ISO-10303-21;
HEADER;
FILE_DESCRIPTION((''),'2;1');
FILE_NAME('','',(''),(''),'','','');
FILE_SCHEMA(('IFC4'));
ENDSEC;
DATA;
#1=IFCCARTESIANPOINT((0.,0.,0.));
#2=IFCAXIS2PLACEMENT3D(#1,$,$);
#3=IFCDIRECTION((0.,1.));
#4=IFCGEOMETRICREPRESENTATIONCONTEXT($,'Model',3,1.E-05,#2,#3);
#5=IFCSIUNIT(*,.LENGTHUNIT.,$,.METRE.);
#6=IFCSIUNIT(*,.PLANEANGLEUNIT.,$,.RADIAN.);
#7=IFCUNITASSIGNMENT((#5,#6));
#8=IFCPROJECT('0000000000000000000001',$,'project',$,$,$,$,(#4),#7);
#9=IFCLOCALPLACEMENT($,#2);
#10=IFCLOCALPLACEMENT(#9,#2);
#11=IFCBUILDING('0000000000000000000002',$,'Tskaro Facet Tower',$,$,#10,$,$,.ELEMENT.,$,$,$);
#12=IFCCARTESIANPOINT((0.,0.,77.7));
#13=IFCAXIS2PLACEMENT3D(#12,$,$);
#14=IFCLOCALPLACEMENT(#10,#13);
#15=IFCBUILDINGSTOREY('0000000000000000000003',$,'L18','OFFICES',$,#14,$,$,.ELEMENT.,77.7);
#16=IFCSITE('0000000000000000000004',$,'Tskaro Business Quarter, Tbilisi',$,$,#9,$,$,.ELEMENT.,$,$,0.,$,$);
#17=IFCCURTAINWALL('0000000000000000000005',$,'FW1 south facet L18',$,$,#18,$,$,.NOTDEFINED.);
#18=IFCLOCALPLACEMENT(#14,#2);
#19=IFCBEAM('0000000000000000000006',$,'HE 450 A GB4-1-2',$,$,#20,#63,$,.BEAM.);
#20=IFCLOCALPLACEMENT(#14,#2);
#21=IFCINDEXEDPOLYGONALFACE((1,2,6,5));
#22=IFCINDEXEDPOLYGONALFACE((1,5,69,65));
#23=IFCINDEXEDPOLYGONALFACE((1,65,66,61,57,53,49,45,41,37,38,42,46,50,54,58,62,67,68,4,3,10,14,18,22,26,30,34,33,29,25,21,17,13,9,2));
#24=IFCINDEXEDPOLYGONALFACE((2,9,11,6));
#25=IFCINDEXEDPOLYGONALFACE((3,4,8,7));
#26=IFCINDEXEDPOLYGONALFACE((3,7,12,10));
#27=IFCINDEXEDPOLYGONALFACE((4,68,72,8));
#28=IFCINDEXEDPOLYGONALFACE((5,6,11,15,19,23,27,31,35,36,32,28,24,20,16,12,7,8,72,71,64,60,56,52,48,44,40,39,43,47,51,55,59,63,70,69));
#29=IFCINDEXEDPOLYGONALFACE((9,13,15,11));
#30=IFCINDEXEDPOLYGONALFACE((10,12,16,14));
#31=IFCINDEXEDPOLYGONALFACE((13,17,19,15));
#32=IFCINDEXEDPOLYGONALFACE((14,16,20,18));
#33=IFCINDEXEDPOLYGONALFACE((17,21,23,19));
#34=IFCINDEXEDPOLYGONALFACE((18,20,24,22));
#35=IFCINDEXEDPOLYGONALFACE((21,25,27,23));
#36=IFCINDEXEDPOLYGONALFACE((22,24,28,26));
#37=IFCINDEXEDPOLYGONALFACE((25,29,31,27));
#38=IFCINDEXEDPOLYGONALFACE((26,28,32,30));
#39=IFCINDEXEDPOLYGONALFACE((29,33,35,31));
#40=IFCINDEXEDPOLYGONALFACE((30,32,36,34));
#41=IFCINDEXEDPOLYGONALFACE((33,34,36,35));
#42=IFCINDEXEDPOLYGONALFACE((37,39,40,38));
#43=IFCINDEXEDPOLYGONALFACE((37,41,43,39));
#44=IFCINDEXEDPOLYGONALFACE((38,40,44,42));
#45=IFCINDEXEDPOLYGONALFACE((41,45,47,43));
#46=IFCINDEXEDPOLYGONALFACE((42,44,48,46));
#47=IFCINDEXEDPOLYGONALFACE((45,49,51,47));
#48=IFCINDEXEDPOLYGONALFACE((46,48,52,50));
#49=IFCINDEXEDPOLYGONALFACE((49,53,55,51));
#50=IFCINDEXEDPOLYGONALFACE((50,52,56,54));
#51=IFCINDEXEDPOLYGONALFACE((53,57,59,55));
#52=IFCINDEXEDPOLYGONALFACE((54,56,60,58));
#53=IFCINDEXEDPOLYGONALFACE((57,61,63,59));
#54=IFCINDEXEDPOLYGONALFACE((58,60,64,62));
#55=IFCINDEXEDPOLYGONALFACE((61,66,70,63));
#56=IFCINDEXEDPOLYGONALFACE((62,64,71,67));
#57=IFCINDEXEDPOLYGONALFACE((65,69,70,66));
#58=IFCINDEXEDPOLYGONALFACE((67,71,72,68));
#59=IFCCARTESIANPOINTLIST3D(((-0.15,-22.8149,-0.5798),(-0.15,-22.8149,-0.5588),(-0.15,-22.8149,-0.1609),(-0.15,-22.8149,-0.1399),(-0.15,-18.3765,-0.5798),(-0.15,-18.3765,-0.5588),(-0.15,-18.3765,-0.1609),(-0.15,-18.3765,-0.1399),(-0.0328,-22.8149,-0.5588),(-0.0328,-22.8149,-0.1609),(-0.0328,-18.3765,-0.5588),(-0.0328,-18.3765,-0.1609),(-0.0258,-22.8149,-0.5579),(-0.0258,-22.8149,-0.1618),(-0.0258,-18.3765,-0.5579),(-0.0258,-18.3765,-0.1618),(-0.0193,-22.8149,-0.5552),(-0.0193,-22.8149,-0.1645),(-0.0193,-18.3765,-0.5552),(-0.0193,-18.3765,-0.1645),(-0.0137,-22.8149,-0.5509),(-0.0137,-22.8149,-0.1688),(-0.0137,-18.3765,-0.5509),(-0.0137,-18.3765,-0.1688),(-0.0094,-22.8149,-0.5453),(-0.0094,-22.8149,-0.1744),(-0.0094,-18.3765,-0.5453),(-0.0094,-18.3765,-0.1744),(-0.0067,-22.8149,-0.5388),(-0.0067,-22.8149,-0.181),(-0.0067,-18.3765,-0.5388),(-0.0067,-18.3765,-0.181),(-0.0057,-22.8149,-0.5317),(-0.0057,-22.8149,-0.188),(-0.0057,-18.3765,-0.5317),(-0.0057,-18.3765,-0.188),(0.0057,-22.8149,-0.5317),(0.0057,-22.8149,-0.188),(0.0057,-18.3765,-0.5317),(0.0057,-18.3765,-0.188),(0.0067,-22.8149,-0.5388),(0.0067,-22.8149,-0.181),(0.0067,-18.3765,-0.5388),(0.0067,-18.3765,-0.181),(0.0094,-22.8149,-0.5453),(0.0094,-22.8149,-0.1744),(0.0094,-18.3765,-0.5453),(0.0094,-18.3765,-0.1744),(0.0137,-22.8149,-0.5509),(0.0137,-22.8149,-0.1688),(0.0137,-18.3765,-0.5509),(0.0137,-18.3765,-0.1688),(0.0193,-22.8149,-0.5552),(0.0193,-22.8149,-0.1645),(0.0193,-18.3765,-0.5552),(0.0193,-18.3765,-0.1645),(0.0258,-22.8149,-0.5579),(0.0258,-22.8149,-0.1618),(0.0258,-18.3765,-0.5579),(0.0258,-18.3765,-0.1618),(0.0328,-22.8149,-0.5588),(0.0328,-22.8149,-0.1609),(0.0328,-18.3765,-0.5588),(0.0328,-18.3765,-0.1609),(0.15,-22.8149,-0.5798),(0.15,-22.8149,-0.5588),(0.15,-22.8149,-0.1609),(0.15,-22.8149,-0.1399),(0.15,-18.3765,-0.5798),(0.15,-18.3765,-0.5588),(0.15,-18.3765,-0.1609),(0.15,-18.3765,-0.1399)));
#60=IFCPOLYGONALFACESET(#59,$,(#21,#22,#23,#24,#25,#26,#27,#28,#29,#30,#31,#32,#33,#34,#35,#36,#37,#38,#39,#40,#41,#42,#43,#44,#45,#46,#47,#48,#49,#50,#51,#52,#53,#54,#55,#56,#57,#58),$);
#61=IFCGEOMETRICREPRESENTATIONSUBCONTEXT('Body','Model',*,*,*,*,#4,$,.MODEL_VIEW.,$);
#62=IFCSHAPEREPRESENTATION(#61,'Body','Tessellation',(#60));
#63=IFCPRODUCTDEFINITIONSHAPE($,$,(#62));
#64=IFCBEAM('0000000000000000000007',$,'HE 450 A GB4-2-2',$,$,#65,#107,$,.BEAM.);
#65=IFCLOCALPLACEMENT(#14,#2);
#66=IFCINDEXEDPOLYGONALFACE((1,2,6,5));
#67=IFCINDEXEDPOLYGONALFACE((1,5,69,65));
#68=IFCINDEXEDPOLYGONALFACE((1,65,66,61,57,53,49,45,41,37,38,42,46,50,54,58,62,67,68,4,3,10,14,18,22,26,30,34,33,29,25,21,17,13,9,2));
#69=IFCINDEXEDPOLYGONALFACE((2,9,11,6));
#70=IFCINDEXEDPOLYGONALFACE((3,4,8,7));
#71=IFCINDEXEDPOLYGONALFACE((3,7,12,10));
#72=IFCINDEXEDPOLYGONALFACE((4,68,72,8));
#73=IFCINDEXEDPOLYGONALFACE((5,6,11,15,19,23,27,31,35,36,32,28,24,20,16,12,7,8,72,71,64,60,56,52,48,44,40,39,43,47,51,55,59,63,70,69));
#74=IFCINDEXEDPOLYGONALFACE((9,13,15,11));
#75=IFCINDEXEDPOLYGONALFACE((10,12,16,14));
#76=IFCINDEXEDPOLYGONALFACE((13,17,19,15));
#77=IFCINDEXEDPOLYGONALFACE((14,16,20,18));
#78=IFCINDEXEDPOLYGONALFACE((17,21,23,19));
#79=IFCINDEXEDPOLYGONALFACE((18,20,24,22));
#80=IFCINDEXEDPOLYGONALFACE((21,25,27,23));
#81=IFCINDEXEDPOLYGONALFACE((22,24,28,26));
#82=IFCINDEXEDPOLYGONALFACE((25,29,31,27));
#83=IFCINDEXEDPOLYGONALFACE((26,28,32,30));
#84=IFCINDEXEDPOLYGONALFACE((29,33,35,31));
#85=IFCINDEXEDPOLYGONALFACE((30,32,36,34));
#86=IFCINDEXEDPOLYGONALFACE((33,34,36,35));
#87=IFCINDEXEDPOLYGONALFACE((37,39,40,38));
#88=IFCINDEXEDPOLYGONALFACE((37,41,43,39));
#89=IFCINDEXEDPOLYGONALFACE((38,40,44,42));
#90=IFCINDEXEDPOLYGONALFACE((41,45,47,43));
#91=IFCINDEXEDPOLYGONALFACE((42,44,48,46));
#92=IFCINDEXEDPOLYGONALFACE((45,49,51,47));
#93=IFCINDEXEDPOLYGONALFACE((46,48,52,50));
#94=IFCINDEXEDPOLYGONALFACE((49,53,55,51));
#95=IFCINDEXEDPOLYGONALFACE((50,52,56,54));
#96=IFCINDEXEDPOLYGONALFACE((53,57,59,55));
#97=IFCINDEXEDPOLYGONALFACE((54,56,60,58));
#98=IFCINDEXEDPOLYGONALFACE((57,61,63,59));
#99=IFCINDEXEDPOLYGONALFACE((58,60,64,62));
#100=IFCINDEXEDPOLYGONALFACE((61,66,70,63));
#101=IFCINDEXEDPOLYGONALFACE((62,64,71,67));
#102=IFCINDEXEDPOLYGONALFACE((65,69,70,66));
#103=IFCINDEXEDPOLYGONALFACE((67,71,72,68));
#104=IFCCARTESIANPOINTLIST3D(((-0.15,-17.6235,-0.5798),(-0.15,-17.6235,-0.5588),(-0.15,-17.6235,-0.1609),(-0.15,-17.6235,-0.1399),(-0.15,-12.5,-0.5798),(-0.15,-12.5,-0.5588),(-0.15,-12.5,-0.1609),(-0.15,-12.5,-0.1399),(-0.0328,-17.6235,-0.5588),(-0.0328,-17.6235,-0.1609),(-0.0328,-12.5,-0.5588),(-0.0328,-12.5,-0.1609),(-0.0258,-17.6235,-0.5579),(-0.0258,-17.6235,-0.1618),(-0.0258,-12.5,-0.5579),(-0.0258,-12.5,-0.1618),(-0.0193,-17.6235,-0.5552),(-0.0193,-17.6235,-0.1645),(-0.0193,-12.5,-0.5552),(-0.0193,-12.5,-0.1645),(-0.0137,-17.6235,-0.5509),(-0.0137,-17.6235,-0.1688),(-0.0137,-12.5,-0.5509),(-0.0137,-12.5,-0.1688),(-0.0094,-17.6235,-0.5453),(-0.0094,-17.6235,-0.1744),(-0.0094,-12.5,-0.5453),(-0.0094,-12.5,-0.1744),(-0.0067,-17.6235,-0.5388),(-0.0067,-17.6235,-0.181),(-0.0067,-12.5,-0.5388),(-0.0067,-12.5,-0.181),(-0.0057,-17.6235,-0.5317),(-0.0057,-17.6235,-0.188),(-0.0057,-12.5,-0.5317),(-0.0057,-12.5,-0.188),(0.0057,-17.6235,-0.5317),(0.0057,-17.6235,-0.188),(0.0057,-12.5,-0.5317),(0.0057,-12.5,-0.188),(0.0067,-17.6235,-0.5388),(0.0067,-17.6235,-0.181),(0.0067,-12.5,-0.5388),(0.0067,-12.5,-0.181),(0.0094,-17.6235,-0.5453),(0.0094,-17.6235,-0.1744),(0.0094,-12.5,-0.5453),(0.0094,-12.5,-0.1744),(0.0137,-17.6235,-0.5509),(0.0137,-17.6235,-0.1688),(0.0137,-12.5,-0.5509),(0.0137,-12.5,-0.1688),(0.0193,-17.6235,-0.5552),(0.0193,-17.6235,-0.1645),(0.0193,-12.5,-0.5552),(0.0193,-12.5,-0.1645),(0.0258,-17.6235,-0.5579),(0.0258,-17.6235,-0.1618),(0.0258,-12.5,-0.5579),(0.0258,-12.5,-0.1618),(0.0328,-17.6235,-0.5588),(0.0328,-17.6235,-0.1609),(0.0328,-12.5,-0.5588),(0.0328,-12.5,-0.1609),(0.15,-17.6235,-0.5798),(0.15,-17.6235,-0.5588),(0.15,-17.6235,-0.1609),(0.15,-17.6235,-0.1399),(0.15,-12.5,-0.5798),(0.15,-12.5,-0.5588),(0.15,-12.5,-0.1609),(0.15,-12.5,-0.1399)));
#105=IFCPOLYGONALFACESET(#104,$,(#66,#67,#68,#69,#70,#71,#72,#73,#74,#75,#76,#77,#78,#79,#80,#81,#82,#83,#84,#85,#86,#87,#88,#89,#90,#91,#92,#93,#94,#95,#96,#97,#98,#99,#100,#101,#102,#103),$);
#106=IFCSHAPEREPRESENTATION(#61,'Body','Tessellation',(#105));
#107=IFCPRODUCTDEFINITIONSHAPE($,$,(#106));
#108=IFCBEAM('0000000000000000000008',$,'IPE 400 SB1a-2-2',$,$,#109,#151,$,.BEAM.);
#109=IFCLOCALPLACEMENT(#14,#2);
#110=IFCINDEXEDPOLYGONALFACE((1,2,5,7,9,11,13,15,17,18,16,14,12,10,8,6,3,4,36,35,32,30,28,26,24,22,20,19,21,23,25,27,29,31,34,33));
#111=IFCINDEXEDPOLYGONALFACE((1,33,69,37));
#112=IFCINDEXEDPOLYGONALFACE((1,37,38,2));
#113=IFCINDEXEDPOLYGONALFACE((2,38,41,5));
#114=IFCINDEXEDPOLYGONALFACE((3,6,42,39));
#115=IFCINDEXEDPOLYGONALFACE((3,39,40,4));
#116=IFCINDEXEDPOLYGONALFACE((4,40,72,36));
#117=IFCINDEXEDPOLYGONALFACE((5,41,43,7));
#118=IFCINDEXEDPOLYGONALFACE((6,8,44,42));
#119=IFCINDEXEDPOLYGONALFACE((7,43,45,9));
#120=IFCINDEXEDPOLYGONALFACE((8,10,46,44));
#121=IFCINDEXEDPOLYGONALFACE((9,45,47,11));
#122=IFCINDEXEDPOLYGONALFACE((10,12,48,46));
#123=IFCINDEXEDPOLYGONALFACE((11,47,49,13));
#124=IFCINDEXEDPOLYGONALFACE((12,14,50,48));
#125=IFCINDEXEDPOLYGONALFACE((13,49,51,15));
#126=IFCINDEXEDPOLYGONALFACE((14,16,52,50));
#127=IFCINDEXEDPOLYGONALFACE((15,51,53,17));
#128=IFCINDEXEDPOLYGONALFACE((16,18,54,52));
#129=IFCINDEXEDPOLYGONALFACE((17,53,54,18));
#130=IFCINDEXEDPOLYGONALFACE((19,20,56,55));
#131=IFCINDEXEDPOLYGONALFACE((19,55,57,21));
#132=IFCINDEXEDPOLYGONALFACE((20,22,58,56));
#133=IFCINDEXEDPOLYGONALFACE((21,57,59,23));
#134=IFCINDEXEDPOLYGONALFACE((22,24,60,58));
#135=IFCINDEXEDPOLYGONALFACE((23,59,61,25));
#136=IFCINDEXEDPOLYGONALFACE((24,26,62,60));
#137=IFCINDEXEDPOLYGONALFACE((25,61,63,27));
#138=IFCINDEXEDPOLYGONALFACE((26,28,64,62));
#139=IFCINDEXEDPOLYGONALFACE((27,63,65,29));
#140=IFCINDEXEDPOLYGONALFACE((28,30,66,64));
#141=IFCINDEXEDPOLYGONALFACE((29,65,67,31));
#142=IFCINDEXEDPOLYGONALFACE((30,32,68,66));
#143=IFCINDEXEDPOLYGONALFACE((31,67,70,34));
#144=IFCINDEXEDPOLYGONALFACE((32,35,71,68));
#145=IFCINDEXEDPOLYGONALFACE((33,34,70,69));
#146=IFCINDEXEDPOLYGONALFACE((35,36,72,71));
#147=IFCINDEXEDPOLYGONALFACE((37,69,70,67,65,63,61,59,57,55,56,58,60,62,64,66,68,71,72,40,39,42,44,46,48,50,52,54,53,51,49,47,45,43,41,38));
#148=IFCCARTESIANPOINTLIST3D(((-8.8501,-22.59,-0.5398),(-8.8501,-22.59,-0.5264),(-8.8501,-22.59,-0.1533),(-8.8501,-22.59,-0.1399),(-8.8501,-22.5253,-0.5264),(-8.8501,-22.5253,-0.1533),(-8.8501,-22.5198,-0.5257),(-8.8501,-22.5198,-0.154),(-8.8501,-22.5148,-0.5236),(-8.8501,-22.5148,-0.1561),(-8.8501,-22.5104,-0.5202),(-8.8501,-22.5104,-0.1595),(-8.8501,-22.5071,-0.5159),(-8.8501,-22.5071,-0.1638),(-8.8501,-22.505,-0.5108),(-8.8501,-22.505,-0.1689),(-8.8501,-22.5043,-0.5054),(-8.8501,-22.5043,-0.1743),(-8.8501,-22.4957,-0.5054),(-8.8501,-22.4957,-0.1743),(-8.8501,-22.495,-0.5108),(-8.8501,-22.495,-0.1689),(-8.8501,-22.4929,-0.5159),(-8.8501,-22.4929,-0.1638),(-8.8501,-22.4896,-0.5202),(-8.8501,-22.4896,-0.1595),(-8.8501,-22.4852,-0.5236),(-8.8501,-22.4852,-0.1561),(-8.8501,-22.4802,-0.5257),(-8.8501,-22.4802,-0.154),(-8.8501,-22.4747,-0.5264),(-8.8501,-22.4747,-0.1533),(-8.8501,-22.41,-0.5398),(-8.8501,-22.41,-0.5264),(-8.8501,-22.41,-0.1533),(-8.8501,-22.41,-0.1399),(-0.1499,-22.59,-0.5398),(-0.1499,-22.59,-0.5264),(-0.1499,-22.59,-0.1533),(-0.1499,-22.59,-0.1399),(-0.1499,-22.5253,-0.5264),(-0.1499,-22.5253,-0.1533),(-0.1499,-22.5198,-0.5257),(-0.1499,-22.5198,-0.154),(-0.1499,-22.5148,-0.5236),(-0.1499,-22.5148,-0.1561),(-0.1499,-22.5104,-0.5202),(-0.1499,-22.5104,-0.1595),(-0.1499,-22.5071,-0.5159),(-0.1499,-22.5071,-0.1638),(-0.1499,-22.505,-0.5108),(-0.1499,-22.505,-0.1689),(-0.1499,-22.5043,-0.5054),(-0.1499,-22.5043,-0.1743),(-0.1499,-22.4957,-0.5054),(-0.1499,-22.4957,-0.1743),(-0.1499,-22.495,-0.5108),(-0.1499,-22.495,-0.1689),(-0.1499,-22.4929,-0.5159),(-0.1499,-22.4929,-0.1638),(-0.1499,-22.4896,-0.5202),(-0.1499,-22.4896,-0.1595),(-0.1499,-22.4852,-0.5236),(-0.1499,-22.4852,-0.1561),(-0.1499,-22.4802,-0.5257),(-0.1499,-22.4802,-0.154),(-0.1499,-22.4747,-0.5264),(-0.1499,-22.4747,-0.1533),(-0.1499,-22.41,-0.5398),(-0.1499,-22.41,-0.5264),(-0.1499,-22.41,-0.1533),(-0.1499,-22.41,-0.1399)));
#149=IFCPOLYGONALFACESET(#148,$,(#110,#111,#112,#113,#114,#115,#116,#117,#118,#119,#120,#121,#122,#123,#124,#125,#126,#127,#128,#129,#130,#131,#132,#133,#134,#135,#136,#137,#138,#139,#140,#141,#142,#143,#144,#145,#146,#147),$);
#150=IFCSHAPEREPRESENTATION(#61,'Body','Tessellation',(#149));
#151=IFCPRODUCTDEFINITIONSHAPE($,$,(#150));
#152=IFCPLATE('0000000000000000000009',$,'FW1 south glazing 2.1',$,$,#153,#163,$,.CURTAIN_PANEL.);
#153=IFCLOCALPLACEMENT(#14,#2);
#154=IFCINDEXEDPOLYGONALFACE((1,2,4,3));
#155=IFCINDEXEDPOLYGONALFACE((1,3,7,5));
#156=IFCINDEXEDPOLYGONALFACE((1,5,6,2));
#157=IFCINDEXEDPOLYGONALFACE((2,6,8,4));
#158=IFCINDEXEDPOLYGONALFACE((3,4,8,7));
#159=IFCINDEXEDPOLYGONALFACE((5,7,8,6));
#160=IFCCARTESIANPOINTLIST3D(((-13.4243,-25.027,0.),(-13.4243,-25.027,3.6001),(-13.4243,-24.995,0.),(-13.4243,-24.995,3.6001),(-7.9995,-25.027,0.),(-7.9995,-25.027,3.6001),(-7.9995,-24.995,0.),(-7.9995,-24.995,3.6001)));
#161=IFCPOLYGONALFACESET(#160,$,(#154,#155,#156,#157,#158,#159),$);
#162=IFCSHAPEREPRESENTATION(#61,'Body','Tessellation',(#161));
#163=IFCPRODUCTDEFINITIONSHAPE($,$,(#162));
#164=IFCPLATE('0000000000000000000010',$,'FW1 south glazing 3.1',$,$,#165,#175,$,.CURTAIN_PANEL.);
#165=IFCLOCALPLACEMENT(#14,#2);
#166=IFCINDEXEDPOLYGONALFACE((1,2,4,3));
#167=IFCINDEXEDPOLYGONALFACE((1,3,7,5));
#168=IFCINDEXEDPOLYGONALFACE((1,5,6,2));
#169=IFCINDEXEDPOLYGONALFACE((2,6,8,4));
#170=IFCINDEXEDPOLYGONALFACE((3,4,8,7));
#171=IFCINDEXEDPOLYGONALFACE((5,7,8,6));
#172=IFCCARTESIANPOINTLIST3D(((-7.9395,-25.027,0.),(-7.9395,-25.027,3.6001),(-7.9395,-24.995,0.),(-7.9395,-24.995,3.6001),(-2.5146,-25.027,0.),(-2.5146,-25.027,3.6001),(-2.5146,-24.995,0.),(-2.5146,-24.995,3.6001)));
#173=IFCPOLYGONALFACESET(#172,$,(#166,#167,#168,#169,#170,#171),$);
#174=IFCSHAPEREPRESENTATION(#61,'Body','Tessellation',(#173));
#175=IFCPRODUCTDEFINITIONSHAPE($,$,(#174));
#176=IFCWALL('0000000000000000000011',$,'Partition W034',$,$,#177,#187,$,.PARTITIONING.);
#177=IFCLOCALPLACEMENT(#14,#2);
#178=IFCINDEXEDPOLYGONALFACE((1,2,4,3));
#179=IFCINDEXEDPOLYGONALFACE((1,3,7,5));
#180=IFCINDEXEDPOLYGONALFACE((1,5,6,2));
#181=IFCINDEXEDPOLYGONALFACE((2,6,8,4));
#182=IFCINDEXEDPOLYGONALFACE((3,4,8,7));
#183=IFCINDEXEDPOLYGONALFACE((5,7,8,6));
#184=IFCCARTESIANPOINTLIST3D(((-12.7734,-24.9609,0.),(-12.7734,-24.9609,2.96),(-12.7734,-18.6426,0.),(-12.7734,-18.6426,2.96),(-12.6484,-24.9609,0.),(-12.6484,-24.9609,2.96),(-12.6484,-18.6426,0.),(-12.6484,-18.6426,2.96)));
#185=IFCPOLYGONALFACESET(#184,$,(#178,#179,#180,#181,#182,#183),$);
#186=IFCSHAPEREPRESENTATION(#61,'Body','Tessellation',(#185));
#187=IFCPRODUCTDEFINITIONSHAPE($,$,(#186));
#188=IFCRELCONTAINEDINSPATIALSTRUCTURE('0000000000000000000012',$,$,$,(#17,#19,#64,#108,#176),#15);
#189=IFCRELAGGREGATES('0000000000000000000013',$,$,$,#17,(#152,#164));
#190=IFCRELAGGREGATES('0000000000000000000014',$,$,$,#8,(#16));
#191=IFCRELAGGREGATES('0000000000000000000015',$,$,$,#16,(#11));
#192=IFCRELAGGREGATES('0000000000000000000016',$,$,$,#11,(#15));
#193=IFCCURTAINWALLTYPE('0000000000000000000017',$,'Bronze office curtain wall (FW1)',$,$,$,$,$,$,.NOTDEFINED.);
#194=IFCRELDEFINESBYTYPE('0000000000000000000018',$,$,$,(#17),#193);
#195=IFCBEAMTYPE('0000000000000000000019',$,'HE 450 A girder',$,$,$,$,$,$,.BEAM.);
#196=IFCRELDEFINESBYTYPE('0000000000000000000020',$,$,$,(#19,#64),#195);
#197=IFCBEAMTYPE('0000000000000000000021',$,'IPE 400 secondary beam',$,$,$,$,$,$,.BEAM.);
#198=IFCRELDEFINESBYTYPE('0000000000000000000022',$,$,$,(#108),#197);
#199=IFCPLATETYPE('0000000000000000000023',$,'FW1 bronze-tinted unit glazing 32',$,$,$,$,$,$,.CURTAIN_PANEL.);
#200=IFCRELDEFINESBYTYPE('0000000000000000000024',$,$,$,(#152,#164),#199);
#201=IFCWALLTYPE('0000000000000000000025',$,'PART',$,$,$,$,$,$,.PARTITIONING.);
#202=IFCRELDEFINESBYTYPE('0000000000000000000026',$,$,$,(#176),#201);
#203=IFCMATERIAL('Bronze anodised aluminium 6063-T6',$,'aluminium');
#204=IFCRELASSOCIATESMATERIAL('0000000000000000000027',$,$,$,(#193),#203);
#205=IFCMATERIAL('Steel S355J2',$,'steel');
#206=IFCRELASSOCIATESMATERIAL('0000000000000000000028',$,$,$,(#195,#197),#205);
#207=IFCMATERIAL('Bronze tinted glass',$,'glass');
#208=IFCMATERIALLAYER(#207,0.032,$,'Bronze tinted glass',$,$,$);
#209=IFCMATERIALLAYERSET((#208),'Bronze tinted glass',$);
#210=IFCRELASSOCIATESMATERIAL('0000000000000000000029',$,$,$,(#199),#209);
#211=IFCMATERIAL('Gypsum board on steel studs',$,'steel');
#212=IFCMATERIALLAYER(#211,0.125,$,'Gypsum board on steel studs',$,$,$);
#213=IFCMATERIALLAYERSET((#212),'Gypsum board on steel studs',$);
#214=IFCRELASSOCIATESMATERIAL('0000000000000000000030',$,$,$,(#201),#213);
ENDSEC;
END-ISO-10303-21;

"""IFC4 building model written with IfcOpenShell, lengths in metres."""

from ifc_helpers import new_model, si_unit, direction, frame, frame_2d, origin, origin_2d, place, context, subcontext, project, spatial, rectangle, i_section, extrude, material, layer, layer_set, material_profile, profile_set, type_object, element, aggregate, save


model = new_model("IFC4")

# Units and contexts
model_context = context("Model", 3, precision=1e-05, world=origin(), true_north=direction((0.0, 1.0)))
body_context = subcontext(model_context, "Body", "Model", "MODEL_VIEW")
ifc_project = project(units=[si_unit("LENGTHUNIT", "METRE"), si_unit("PLANEANGLEUNIT", "RADIAN")], contexts=[model_context])

# Site, building, storey
site_placement = place(None, origin())
site = spatial("IfcSite", under=ifc_project, at=site_placement, Name="Tskaro Business Quarter, Tbilisi", CompositionType="ELEMENT", RefElevation=0.0)
building_placement = place(site_placement, origin())
building = spatial("IfcBuilding", under=site, at=building_placement, Name="Tskaro Facet Tower", CompositionType="ELEMENT")
storey_placement = place(building_placement, frame((0.0, 0.0, 77.7)))
storey = spatial("IfcBuildingStorey", under=building, at=storey_placement, Name="L18", Description="OFFICES", CompositionType="ELEMENT", Elevation=77.7)

# Curtain wall
ifc_material_1 = material(Name="Bronze anodised aluminium 6063-T6", Category="aluminium")
curtain_wall_type = type_object("IfcCurtainWallType", Name="Bronze office curtain wall (FW1)", PredefinedType="NOTDEFINED", material=ifc_material_1)
curtain_wall_placement = place(storey_placement, origin())
curtain_wall = element("IfcCurtainWall", 1, at=curtain_wall_placement, inside=storey, type_object=curtain_wall_type, Name="FW1 south facet L18", PredefinedType="NOTDEFINED")

# Beams
ifc_material_2 = material(Name="Steel S355J2", Category="steel")
ifc_material_profile_1 = material_profile(ifc_material_2, i_section(OverallWidth=0.3, OverallDepth=0.4399, WebThickness=0.0115, FlangeThickness=0.021, FilletRadius=0.0271, at=origin_2d()), Name="HE 450 A")
ifc_profile_set_1 = profile_set([ifc_material_profile_1], Name="Steel S355J2")
beam_type_1 = type_object("IfcBeamType", Name="HE 450 A girder", PredefinedType="BEAM", material=ifc_profile_set_1)
beam_1_placement = place(storey_placement, frame((0.0, -22.8149, -0.3599), z_axis=(0.0, 1.0, 0.0), x_axis=(-1.0, 0.0, 0.0)))
element("IfcBeam", 2, at=beam_1_placement, inside=storey, type_object=beam_type_1, Name="HE 450 A GB4-1-2", PredefinedType="BEAM", context=body_context, shape_type="SweptSolid", body=[
    extrude(i_section(OverallWidth=0.3, OverallDepth=0.4399, WebThickness=0.0115, FlangeThickness=0.021, FilletRadius=0.0271, at=origin_2d()), origin(), (0.0, 0.0, 1.0), 4.4385),
])
beam_2_placement = place(storey_placement, frame((0.0, -17.6235, -0.3599), z_axis=(0.0, 1.0, 0.0), x_axis=(-1.0, 0.0, 0.0)))
element("IfcBeam", 3, at=beam_2_placement, inside=storey, type_object=beam_type_1, Name="HE 450 A GB4-2-2", PredefinedType="BEAM", context=body_context, shape_type="SweptSolid", body=[
    extrude(i_section(OverallWidth=0.3, OverallDepth=0.4399, WebThickness=0.0115, FlangeThickness=0.021, FilletRadius=0.0271, at=origin_2d()), origin(), (0.0, 0.0, 1.0), 5.1235),
])
ifc_material_profile_2 = material_profile(ifc_material_2, i_section(OverallWidth=0.1799, OverallDepth=0.3999, WebThickness=0.0085, FlangeThickness=0.0134, FilletRadius=0.021, at=origin_2d()), Name="IPE 400")
ifc_profile_set_2 = profile_set([ifc_material_profile_2], Name="Steel S355J2")
beam_type_2 = type_object("IfcBeamType", Name="IPE 400 secondary beam", PredefinedType="BEAM", material=ifc_profile_set_2)
beam_3_placement = place(storey_placement, frame((-8.8501, -22.5, -0.3398), z_axis=(1.0, 0.0, 0.0), x_axis=(0.0, 1.0, 0.0)))
element("IfcBeam", 4, at=beam_3_placement, inside=storey, type_object=beam_type_2, Name="IPE 400 SB1a-2-2", PredefinedType="BEAM", context=body_context, shape_type="SweptSolid", body=[
    extrude(i_section(OverallWidth=0.1799, OverallDepth=0.3999, WebThickness=0.0085, FlangeThickness=0.0134, FilletRadius=0.021, at=origin_2d()), origin(), (0.0, 0.0, 1.0), 8.7002),
])

# Plates
ifc_material_3 = material(Name="Bronze tinted glass", Category="glass")
ifc_layer_1 = layer(ifc_material_3, 0.032, Name="Bronze tinted glass")
ifc_layer_set_1 = layer_set([ifc_layer_1], Name="Bronze tinted glass")
plate_type = type_object("IfcPlateType", Name="FW1 bronze-tinted unit glazing 32", PredefinedType="CURTAIN_PANEL", material=ifc_layer_set_1)
plate_1_placement = place(storey_placement, frame((-10.7119, -25.011, 0.0), z_axis=(0.0, 0.0, 1.0), x_axis=(1.0, 0.0, 0.0)))
plate_1 = element("IfcPlate", 5, at=plate_1_placement, type_object=plate_type, Name="FW1 south glazing 2.1", PredefinedType="CURTAIN_PANEL", context=body_context, shape_type="SweptSolid", body=[
    extrude(rectangle(XDim=5.4248, YDim=0.032, at=origin_2d()), origin(), (0.0, 0.0, 1.0), 3.6001),
])
plate_2_placement = place(storey_placement, frame((-5.2271, -25.011, 0.0), z_axis=(0.0, 0.0, 1.0), x_axis=(1.0, 0.0, 0.0)))
plate_2 = element("IfcPlate", 6, at=plate_2_placement, type_object=plate_type, Name="FW1 south glazing 3.1", PredefinedType="CURTAIN_PANEL", context=body_context, shape_type="SweptSolid", body=[
    extrude(rectangle(XDim=5.4248, YDim=0.032, at=origin_2d()), origin(), (0.0, 0.0, 1.0), 3.6001),
])
aggregate(curtain_wall, [plate_1, plate_2])

# Wall
ifc_material_4 = material(Name="Gypsum board on steel studs", Category="steel")
ifc_layer_2 = layer(ifc_material_4, 0.125, Name="Gypsum board on steel studs")
ifc_layer_set_2 = layer_set([ifc_layer_2], Name="Gypsum board on steel studs")
wall_type = type_object("IfcWallType", Name="PART", PredefinedType="PARTITIONING", material=ifc_layer_set_2)
for number, where, z_axis, x_axis, name in (
    (7, (-12.7109, -24.9609, 0.0), (0.0, 0.0, 1.0), (0.0, 1.0, 0.0), "Partition W034"),
):
    element("IfcWall", number, at=place(storey_placement, frame(where, z_axis=z_axis, x_axis=x_axis)), inside=storey, type_object=wall_type, Name=name, PredefinedType="PARTITIONING", context=body_context, shape_type="SweptSolid", body=[
        extrude(rectangle(XDim=6.3184, YDim=0.125, at=frame_2d((3.1592, 0.0))), origin(), (0.0, 0.0, 1.0), 2.96),
    ])

save(model, "model.ifc")
